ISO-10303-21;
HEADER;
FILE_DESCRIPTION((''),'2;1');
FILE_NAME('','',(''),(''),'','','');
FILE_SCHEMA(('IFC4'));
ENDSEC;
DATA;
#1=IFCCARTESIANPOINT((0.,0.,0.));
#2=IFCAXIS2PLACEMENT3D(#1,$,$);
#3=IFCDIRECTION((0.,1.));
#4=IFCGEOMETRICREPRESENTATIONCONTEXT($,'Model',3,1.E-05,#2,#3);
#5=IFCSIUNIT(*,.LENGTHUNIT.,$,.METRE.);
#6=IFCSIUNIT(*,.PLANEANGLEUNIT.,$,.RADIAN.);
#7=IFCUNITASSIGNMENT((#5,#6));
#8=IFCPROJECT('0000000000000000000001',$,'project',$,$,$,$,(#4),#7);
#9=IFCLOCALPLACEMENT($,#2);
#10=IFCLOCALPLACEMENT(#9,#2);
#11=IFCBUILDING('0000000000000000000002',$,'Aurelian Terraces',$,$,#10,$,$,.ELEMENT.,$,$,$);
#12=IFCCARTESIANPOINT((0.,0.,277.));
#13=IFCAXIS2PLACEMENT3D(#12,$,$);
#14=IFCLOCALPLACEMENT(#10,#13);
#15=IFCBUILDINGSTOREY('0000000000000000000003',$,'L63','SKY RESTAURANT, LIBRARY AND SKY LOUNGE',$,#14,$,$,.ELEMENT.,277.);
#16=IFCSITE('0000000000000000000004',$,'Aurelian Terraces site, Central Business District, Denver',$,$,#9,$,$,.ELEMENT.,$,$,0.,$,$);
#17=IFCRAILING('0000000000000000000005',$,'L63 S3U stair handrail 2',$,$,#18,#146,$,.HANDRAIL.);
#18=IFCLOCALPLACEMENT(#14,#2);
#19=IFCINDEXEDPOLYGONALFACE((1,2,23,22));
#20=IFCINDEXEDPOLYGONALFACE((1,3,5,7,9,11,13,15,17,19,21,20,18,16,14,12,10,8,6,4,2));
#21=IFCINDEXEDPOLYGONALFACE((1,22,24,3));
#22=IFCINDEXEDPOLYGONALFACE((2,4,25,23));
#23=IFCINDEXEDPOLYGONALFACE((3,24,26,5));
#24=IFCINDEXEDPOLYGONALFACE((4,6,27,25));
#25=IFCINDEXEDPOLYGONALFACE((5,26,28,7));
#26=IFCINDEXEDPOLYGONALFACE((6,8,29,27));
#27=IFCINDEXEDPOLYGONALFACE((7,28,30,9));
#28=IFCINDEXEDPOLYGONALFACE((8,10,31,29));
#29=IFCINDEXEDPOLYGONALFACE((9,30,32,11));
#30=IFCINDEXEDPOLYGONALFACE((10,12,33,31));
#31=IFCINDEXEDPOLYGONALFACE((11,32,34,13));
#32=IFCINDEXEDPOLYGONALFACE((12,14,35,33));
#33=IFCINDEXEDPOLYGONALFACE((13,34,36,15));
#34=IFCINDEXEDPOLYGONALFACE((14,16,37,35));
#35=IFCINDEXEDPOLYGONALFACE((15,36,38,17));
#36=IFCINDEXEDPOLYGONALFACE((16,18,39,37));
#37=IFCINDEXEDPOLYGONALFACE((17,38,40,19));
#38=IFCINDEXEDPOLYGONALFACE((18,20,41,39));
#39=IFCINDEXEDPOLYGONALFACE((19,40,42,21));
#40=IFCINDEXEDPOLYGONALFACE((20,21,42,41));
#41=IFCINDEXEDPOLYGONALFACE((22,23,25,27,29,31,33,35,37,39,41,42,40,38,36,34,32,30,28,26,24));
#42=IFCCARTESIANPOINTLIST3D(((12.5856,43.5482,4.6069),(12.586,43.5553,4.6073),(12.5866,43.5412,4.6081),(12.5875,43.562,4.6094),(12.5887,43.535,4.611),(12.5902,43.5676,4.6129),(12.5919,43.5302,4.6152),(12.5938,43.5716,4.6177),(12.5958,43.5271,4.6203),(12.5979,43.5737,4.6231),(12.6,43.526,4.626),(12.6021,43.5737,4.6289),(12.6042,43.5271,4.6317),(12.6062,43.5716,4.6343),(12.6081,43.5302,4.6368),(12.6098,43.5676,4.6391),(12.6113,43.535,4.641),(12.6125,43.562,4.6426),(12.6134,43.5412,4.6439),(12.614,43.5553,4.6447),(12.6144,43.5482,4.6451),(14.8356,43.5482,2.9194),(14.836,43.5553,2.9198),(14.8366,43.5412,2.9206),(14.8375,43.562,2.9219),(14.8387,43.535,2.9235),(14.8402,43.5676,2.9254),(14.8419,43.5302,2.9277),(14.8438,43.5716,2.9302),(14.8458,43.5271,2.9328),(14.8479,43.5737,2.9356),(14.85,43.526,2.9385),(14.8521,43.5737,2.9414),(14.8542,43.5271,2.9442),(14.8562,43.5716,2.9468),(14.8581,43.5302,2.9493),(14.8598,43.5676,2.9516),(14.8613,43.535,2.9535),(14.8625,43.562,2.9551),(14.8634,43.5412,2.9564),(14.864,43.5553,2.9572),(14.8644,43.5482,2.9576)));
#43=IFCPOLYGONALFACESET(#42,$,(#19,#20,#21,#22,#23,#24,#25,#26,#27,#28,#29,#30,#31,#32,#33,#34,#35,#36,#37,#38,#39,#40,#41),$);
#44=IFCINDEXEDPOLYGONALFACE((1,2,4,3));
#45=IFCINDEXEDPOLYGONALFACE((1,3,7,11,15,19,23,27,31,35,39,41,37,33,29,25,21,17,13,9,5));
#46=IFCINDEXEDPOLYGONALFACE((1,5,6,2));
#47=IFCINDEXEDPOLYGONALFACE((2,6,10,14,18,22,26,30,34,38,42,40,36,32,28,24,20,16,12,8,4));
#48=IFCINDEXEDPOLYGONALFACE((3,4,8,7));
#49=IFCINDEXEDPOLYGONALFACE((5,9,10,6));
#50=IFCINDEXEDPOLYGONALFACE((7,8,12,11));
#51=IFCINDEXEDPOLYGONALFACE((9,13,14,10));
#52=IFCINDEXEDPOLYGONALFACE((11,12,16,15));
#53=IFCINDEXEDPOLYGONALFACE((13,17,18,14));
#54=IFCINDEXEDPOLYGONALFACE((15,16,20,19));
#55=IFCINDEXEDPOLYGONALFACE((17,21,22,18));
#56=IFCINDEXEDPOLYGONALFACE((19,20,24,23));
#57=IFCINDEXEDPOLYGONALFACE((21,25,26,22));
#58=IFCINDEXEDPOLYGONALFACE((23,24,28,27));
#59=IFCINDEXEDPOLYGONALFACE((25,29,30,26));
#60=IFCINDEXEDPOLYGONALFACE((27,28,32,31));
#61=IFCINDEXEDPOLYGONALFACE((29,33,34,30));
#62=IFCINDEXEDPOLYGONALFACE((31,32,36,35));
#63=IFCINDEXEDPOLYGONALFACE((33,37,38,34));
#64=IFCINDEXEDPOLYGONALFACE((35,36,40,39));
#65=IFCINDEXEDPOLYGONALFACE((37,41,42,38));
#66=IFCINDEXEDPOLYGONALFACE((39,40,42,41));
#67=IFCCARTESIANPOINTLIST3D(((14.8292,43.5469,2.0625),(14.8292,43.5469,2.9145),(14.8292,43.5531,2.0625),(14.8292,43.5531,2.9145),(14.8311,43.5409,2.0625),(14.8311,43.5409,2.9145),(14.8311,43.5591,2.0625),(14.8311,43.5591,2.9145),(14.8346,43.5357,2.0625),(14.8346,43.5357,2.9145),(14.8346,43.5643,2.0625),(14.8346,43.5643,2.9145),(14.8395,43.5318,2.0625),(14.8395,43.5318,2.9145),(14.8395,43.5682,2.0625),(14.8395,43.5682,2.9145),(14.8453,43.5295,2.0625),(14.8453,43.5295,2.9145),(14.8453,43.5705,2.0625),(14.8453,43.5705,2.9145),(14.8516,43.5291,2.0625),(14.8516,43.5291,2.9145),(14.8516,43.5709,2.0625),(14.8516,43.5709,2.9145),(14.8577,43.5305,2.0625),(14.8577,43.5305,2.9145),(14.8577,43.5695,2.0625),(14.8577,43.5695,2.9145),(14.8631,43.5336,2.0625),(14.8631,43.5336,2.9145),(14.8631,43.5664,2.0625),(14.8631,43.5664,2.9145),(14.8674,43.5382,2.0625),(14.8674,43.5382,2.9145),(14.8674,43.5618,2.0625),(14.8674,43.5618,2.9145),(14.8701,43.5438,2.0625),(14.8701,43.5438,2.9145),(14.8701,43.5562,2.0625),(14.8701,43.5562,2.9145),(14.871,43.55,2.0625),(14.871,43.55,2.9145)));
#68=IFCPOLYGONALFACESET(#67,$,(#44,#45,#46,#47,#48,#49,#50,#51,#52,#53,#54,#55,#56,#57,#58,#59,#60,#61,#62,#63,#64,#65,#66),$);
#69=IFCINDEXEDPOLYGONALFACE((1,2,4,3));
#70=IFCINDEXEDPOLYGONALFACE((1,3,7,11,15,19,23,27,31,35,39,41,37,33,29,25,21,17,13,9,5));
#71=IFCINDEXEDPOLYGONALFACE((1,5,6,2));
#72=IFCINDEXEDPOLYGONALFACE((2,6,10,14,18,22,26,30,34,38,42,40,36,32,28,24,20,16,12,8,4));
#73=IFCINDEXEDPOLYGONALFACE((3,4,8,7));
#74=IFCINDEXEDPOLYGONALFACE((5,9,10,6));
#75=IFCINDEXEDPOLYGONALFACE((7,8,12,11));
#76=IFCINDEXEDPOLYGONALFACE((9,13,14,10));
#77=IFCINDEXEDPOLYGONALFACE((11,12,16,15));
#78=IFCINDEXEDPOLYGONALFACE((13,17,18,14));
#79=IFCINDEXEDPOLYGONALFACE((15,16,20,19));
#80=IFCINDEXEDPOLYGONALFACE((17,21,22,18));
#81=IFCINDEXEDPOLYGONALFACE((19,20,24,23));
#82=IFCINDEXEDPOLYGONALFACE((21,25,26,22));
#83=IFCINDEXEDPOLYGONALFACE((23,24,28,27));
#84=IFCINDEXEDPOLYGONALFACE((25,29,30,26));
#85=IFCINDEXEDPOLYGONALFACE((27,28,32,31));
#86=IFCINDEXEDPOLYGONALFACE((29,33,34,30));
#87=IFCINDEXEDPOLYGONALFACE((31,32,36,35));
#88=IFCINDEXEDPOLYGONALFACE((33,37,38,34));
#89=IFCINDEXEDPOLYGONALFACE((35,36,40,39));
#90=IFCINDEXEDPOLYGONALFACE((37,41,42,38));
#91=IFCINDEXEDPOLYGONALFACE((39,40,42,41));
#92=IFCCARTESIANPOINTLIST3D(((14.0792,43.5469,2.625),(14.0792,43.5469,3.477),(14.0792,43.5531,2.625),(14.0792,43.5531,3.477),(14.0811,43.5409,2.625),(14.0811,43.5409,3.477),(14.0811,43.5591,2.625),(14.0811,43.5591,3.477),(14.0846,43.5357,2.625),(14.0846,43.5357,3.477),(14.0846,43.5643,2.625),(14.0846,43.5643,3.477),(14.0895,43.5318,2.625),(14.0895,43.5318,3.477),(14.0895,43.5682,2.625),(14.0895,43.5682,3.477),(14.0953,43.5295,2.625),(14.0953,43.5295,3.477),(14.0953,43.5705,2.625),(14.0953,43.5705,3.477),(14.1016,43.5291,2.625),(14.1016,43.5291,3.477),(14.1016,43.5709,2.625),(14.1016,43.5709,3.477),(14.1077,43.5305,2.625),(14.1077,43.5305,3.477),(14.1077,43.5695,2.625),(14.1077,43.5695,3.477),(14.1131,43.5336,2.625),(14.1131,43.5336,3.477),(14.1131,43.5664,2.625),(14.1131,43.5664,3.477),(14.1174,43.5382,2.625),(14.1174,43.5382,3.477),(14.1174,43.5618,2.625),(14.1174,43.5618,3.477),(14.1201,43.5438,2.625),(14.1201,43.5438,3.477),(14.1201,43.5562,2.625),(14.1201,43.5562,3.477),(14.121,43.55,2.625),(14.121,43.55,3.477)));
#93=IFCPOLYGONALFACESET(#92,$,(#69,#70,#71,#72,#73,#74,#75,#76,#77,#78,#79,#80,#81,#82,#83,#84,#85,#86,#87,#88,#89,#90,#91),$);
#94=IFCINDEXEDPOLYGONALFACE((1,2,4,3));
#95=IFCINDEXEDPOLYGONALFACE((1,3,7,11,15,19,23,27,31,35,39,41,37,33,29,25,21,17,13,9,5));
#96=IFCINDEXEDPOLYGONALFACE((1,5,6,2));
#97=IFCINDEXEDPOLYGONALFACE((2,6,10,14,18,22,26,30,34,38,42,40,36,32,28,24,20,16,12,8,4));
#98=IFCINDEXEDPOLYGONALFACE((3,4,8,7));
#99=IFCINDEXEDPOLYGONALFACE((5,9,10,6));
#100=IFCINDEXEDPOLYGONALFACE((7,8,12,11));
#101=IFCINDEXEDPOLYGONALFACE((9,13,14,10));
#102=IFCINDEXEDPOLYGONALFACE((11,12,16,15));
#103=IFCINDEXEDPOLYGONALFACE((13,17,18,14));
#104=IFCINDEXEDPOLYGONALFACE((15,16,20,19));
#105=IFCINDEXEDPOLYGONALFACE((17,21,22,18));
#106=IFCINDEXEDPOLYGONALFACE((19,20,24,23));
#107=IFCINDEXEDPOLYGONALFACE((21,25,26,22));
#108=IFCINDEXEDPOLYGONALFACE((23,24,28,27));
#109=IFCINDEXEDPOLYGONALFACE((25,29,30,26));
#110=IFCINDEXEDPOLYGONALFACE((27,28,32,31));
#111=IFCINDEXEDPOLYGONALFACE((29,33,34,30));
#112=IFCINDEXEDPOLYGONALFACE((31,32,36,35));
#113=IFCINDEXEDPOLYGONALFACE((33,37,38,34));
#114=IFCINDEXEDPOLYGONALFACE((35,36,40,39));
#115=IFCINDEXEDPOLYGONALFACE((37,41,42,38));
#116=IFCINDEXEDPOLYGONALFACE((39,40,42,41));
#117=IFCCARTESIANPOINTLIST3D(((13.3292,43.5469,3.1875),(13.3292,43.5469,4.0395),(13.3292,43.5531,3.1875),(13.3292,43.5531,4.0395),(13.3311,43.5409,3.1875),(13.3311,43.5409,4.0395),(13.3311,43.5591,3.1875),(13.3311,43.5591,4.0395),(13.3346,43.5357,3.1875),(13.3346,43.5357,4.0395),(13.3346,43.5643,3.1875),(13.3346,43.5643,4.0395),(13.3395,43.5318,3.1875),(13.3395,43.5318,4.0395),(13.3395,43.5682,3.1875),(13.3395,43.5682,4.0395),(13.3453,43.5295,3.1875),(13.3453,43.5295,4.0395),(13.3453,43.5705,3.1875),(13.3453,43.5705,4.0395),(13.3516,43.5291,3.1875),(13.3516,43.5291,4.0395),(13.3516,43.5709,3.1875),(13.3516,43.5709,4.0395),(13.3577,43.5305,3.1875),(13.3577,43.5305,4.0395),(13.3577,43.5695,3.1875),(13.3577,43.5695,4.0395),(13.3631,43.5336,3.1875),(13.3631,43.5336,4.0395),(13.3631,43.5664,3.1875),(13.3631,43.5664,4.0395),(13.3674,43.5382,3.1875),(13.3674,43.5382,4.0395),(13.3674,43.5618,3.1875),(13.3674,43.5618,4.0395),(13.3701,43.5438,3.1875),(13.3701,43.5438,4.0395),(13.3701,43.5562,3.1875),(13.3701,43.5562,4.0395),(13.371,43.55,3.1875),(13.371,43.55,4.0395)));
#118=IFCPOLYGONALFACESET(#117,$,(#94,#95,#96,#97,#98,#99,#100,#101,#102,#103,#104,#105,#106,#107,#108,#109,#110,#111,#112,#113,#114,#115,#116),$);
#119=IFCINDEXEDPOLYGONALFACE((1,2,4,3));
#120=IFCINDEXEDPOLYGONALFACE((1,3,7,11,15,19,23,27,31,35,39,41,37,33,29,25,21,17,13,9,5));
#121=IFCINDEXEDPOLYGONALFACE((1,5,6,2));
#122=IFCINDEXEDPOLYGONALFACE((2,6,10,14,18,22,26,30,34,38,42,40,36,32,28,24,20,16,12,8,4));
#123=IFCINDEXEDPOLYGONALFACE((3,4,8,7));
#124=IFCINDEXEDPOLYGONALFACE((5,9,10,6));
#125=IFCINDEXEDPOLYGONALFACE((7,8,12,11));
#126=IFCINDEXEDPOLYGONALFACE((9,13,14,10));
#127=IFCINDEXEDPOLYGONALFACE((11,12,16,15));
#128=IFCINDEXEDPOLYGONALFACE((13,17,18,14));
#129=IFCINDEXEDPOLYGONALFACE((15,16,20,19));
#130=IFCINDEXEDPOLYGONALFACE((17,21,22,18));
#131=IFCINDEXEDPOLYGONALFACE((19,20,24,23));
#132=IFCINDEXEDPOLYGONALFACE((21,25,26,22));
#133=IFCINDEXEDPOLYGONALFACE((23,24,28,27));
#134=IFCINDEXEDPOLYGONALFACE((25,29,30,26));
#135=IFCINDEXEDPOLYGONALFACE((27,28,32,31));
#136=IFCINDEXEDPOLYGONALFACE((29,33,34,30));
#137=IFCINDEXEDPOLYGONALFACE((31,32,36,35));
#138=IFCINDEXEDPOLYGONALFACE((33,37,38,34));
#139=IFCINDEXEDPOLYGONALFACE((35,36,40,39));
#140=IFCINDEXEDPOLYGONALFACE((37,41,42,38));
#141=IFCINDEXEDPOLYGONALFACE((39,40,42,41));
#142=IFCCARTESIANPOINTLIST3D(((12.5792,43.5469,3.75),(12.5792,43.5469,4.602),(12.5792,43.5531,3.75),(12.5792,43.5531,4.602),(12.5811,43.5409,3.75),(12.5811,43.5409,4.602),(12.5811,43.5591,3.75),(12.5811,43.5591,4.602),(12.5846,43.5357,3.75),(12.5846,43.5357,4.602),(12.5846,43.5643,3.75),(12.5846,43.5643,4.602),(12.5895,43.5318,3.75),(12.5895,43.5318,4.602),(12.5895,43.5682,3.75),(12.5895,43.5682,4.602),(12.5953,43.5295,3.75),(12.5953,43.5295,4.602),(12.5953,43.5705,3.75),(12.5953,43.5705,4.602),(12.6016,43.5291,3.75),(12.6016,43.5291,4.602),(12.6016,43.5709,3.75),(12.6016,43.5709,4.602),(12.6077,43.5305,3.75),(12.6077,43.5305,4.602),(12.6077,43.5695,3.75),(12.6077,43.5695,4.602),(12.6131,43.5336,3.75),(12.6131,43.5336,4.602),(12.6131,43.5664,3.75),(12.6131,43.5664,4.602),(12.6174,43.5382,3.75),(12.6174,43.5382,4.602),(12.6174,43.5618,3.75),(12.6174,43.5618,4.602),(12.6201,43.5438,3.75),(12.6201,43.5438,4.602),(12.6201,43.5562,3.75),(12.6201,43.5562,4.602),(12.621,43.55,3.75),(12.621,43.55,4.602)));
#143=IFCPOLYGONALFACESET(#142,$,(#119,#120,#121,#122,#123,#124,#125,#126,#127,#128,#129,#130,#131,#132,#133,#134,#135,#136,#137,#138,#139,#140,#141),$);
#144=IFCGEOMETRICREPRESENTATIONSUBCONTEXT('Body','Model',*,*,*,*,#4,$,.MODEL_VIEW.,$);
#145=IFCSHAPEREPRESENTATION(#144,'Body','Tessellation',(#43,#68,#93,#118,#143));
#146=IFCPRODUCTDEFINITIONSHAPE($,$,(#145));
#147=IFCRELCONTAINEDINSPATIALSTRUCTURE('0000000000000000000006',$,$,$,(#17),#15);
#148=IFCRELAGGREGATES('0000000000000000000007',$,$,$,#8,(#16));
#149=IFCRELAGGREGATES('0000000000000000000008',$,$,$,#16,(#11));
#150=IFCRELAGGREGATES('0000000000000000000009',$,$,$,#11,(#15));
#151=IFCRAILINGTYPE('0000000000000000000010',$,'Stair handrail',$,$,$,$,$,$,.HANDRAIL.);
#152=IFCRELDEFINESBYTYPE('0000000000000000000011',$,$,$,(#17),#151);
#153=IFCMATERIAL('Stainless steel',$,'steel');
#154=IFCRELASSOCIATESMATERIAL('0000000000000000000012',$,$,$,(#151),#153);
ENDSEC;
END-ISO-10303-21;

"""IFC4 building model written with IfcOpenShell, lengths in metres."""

from ifc_helpers import new_model, si_unit, direction, frame, origin, origin_2d, place, context, subcontext, project, spatial, circle, extrude, source, transform, mapped, material, type_object, element, save


model = new_model("IFC4")

# Units and contexts
model_context = context("Model", 3, precision=1e-05, world=origin(), true_north=direction((0.0, 1.0)))
body_context = subcontext(model_context, "Body", "Model", "MODEL_VIEW")
ifc_project = project(units=[si_unit("LENGTHUNIT", "METRE"), si_unit("PLANEANGLEUNIT", "RADIAN")], contexts=[model_context])

# Site, building, storey
site_placement = place(None, origin())
site = spatial("IfcSite", under=ifc_project, at=site_placement, Name="Aurelian Terraces site, Central Business District, Denver", CompositionType="ELEMENT", RefElevation=0.0)
building_placement = place(site_placement, origin())
building = spatial("IfcBuilding", under=site, at=building_placement, Name="Aurelian Terraces", CompositionType="ELEMENT")
storey_placement = place(building_placement, frame((0.0, 0.0, 277.0)))
storey = spatial("IfcBuildingStorey", under=building, at=storey_placement, Name="L63", Description="SKY RESTAURANT, LIBRARY AND SKY LOUNGE", CompositionType="ELEMENT", Elevation=277.0)

# Railing
ifc_material_1 = material(Name="Stainless steel", Category="steel")
railing_type_1 = type_object("IfcRailingType", Name="Stair handrail", PredefinedType="HANDRAIL", material=ifc_material_1)
shared_shape_1 = source(origin(), body_context, "Body", "SweptSolid", [
    extrude(circle(Radius=0.024, at=origin_2d()), frame((0.0, 0.0, 0.876), z_axis=(-0.8, 0.0, 0.6), x_axis=(0.0, -1.0, 0.0)), (0.0, 0.0, 1.0), 2.8125),
    extrude(circle(Radius=0.021, at=origin_2d()), origin(), (0.0, 0.0, 1.0), 0.852),
    extrude(circle(Radius=0.021, at=origin_2d()), frame((-0.75, 0.0, 0.5625)), (0.0, 0.0, 1.0), 0.852),
    extrude(circle(Radius=0.021, at=origin_2d()), frame((-1.5, 0.0, 1.125)), (0.0, 0.0, 1.0), 0.852),
    extrude(circle(Radius=0.021, at=origin_2d()), frame((-2.25, 0.0, 1.6875)), (0.0, 0.0, 1.0), 0.852),
])
for number, where, name in (
    (1, (14.85, 43.55, 2.0625), "L63 S3U stair handrail 2"),
):
    element("IfcRailing", number, at=place(storey_placement, frame(where)), inside=storey, type_object=railing_type_1, Name=name, PredefinedType="HANDRAIL", context=body_context, shape_type="MappedRepresentation", body=[
        mapped(shared_shape_1, transform((0.0, 0.0, 0.0), scale=1.0)),
    ])

save(model, "model.ifc")
